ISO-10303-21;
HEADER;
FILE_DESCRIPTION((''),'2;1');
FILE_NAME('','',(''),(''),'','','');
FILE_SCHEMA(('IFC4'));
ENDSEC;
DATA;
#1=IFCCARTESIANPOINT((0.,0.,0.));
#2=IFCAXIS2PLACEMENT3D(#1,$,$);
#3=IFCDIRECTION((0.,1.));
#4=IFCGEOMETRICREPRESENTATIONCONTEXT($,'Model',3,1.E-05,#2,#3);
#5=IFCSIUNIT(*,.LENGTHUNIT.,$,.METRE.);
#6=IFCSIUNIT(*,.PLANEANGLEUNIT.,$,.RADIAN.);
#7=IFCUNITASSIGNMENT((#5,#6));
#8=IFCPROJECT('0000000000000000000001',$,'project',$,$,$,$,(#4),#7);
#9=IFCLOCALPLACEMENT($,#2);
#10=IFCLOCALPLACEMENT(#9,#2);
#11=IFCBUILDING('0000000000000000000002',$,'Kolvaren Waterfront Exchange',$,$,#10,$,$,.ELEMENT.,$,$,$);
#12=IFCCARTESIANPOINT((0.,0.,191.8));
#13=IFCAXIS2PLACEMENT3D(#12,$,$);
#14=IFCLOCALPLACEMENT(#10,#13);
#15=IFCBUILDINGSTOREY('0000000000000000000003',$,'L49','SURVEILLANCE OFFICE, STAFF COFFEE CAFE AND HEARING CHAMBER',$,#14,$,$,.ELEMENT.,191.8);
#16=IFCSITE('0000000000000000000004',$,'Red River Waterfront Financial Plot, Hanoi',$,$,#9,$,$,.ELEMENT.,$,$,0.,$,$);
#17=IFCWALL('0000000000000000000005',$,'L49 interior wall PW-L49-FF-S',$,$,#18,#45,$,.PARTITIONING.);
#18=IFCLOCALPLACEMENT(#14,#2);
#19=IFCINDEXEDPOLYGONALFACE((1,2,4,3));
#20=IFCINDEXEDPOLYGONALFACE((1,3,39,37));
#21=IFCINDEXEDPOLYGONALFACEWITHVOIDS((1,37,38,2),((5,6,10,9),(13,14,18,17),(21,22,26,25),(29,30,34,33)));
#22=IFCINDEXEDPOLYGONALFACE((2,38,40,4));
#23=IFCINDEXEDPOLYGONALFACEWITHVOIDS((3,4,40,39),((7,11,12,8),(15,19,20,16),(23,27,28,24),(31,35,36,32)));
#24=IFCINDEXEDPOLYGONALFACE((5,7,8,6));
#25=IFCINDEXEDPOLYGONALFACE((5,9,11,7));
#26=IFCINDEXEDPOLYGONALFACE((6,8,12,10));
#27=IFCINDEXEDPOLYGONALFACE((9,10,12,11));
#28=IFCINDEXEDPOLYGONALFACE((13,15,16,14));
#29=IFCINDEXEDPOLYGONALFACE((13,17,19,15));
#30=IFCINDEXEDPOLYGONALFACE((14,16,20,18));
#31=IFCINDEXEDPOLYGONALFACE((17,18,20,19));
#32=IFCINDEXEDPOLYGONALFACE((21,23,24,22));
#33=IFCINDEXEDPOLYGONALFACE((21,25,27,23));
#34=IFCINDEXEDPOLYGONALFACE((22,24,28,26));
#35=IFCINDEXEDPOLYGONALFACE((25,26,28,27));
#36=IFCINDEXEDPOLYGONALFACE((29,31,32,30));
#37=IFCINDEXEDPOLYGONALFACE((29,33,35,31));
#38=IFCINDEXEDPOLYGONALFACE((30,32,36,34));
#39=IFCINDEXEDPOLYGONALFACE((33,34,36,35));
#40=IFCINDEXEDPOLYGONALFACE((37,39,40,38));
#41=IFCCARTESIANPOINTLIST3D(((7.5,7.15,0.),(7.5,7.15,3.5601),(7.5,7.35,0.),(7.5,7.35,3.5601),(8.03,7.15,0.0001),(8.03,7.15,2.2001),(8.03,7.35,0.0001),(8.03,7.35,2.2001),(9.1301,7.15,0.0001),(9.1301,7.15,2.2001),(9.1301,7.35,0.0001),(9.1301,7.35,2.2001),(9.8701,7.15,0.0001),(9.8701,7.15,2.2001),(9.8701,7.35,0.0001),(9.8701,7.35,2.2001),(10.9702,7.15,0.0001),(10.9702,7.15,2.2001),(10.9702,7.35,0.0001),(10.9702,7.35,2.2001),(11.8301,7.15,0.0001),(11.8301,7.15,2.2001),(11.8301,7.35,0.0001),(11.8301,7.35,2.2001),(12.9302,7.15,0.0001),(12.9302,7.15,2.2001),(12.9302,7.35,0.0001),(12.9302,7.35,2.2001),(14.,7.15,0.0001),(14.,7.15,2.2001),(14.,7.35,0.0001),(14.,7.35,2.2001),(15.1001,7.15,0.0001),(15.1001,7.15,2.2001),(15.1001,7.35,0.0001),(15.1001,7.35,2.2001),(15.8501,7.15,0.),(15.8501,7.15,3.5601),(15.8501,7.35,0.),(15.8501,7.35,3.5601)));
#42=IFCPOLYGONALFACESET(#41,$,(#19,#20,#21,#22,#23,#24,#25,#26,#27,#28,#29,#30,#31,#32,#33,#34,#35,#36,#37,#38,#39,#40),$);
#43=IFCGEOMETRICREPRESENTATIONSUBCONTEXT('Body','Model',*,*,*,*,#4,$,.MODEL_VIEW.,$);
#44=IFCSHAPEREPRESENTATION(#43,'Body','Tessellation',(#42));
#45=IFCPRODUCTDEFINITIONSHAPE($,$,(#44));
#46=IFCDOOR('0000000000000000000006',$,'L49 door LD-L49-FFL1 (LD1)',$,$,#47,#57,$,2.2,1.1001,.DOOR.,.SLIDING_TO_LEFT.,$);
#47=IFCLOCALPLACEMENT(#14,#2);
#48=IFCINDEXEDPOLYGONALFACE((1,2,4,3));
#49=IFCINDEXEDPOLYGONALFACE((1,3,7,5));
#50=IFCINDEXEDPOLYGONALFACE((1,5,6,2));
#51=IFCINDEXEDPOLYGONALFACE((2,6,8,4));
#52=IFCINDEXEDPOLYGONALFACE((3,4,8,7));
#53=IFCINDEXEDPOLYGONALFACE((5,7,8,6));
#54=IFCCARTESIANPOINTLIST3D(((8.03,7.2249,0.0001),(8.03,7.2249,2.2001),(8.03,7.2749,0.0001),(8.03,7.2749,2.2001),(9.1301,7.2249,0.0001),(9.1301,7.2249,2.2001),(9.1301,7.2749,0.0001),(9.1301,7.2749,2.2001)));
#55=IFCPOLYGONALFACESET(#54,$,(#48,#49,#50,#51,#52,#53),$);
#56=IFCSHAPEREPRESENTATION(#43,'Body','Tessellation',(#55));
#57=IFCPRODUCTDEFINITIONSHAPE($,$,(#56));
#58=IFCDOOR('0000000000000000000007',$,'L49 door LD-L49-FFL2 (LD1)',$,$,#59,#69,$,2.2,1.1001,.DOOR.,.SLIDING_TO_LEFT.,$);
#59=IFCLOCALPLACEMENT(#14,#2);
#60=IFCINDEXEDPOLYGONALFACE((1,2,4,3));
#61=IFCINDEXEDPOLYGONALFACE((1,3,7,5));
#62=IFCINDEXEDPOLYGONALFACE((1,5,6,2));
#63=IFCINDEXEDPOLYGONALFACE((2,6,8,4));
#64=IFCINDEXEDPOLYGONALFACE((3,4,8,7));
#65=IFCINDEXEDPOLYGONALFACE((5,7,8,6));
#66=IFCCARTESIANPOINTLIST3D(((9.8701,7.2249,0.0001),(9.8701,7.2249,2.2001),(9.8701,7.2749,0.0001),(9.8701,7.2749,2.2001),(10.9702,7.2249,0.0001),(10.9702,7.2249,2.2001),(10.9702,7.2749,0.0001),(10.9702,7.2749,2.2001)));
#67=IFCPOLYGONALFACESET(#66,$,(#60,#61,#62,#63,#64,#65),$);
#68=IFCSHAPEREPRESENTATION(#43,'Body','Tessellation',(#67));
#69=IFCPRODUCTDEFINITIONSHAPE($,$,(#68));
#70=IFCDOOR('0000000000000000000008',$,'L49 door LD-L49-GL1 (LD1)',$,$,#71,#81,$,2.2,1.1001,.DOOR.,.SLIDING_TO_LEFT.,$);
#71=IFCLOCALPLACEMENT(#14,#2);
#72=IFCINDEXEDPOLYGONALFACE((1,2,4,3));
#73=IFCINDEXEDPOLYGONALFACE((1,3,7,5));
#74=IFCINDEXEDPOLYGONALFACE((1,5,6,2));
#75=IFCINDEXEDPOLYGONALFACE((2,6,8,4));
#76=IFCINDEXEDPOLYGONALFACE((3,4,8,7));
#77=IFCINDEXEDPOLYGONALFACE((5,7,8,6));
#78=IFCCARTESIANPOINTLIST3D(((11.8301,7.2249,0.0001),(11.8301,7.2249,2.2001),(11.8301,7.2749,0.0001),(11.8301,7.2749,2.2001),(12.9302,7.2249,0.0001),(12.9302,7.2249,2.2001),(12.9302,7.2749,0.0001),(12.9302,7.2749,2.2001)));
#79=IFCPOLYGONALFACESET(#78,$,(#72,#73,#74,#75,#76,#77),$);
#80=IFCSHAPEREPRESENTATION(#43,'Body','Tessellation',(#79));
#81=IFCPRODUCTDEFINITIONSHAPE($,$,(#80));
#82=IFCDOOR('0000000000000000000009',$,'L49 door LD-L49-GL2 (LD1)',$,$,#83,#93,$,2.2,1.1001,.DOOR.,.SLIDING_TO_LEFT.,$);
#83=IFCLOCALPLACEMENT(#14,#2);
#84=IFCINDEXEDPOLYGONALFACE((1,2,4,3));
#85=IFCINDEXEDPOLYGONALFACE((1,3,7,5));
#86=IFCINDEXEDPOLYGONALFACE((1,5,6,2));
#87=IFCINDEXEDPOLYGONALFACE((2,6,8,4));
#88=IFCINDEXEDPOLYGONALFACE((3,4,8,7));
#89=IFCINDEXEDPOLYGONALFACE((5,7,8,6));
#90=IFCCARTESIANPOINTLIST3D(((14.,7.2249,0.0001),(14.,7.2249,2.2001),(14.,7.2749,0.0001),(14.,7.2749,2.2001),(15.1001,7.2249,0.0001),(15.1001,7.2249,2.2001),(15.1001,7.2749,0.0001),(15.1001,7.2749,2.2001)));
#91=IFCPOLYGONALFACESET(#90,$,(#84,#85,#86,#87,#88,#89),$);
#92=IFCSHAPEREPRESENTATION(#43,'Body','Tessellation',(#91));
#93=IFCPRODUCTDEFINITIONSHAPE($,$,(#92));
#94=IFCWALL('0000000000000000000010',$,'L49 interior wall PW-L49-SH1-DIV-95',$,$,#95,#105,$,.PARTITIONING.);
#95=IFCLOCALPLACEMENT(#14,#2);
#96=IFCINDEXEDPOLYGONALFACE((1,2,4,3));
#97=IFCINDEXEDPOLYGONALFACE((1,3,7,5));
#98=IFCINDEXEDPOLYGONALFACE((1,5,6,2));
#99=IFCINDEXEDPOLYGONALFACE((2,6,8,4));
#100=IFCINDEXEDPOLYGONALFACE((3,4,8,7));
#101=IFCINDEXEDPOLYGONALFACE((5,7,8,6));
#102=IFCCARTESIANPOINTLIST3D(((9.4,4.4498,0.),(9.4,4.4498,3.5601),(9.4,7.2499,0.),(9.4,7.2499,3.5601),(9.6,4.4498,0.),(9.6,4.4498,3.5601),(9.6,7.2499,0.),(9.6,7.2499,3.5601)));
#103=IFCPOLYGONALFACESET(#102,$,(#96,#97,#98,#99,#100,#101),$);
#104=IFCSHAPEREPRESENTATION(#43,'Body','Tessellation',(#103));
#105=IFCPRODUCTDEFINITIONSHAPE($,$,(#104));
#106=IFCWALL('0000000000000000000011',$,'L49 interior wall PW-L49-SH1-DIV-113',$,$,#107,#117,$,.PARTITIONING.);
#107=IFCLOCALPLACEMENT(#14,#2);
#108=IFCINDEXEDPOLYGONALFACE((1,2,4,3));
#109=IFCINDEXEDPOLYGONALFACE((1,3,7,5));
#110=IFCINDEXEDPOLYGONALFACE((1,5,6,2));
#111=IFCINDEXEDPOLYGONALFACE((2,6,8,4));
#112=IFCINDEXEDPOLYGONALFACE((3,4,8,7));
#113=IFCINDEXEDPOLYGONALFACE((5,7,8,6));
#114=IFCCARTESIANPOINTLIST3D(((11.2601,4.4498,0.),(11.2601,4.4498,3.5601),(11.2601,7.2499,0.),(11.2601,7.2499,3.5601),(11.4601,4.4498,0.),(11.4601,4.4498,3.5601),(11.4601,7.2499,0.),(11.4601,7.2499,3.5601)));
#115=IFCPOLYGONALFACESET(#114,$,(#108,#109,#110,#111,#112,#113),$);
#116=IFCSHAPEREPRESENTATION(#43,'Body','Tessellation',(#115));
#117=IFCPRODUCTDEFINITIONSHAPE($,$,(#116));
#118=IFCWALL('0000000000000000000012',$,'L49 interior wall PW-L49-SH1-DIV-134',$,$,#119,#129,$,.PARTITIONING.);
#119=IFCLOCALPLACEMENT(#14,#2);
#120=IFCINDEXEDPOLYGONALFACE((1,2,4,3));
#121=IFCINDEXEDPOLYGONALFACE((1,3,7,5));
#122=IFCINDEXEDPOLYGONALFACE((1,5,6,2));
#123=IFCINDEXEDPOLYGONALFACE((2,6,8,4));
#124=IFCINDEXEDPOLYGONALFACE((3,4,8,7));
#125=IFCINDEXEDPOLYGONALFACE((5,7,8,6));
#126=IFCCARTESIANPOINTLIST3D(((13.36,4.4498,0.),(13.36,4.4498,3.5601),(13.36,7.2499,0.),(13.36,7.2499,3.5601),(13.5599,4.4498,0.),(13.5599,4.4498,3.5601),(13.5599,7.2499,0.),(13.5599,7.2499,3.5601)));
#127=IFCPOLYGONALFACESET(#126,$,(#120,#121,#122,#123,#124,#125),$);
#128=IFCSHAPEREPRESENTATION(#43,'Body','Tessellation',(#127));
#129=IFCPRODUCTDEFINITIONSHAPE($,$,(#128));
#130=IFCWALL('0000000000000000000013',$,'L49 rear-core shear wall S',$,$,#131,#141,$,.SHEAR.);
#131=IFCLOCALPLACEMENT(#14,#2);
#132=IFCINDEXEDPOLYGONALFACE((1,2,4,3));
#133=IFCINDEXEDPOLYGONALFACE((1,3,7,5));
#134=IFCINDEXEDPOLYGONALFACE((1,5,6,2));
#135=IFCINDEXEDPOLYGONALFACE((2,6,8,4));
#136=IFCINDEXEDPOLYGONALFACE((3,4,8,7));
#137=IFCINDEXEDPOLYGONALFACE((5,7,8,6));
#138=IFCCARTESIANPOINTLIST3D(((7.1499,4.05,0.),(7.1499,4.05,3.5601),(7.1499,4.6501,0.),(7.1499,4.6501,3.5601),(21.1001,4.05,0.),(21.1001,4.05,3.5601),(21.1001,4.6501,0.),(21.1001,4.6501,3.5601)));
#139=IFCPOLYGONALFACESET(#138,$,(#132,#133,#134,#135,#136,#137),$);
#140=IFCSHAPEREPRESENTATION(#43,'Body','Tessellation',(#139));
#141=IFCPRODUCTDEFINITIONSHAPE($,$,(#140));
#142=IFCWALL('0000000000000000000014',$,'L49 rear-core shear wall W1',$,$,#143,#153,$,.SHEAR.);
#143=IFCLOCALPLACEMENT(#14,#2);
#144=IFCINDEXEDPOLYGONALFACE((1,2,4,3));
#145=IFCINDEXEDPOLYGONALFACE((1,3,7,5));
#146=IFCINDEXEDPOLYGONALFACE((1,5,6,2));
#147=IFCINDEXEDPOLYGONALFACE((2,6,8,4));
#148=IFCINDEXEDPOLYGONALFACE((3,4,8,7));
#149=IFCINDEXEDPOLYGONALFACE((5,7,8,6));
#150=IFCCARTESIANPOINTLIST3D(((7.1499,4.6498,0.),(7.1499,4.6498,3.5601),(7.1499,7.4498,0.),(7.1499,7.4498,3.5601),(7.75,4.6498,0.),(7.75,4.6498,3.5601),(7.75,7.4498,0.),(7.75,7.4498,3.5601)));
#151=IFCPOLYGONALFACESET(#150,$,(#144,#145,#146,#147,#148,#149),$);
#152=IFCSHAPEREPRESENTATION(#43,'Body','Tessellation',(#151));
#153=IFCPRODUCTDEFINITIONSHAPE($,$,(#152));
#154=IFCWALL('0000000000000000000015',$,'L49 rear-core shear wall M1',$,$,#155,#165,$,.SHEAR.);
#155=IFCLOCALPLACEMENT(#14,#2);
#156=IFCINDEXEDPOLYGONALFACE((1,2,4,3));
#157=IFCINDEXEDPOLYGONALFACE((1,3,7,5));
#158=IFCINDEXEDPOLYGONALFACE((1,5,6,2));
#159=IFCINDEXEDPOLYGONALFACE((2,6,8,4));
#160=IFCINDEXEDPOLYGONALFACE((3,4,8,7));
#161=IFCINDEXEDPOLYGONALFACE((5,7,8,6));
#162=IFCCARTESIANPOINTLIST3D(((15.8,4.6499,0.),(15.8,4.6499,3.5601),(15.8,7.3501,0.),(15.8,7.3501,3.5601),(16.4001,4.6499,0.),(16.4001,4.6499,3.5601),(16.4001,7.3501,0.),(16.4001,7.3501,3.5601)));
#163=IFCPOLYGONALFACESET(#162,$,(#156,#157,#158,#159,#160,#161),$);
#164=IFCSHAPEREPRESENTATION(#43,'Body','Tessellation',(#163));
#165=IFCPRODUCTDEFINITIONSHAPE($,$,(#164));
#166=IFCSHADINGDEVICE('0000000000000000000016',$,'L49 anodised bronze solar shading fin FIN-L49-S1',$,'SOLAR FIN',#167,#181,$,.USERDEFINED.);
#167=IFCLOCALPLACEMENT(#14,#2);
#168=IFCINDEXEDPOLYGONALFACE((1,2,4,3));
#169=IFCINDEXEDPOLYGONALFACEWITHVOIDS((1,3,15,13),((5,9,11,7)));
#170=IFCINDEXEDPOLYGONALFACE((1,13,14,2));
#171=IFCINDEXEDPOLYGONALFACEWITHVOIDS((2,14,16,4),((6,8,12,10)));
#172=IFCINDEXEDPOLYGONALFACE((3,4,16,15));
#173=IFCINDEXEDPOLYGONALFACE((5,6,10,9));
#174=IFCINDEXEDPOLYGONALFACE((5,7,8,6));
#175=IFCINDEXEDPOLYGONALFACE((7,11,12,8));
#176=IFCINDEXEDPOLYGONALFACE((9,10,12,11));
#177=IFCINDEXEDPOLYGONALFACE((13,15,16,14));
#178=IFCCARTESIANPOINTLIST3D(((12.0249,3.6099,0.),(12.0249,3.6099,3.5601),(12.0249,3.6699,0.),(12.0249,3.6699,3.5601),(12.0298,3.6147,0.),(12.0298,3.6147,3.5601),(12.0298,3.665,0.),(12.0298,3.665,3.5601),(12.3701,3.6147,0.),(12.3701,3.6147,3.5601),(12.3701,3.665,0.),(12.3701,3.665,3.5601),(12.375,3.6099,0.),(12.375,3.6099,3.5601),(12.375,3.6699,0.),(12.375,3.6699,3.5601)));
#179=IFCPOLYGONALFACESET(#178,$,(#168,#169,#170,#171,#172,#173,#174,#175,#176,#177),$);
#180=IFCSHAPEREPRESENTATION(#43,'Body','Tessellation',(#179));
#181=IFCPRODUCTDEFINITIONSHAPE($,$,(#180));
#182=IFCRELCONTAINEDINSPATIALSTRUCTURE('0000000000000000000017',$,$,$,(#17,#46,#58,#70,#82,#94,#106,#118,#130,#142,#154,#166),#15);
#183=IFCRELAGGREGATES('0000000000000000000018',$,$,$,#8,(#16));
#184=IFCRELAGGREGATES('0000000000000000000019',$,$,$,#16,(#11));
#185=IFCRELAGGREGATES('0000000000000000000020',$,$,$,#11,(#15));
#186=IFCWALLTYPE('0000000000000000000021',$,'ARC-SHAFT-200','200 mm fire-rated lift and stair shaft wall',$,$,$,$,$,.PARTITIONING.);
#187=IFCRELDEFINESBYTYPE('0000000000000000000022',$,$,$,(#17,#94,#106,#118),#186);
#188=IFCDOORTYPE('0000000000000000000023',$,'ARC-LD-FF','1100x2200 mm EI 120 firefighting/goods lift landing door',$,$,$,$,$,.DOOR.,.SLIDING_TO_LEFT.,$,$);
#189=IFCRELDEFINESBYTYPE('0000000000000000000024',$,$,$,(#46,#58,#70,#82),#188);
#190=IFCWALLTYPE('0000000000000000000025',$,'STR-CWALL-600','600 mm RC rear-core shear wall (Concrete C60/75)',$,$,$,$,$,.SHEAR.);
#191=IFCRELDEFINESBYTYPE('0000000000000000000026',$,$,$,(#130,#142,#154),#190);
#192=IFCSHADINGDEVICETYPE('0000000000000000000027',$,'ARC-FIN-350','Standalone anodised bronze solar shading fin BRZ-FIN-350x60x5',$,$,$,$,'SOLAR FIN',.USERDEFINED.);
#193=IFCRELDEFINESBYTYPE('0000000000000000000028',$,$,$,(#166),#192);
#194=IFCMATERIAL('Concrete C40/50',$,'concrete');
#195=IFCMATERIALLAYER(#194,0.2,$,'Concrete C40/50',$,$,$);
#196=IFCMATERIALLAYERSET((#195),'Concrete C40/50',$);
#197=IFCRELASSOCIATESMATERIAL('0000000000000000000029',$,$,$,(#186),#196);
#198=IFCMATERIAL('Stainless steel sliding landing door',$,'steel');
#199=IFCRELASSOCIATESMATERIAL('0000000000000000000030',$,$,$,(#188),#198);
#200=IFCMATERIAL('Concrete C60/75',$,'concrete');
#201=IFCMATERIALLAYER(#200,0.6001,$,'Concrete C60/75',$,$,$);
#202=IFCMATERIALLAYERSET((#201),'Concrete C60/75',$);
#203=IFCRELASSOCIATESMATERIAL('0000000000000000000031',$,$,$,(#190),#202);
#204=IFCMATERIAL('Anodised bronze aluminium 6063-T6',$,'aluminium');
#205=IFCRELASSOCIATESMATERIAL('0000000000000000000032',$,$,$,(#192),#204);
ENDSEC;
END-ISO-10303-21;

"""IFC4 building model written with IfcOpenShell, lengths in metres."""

from ifc_helpers import new_model, si_unit, direction, frame, frame_2d, origin, origin_2d, place, context, subcontext, project, spatial, rectangle, hollow_rectangle, extrude, material, layer, layer_set, material_profile, profile_set, type_object, element, fill, save


model = new_model("IFC4")

# Units and contexts
model_context = context("Model", 3, precision=1e-05, world=origin(), true_north=direction((0.0, 1.0)))
body_context = subcontext(model_context, "Body", "Model", "MODEL_VIEW")
ifc_project = project(units=[si_unit("LENGTHUNIT", "METRE"), si_unit("PLANEANGLEUNIT", "RADIAN")], contexts=[model_context])

# Site, building, storey
site_placement = place(None, origin())
site = spatial("IfcSite", under=ifc_project, at=site_placement, Name="Red River Waterfront Financial Plot, Hanoi", CompositionType="ELEMENT", RefElevation=0.0)
building_placement = place(site_placement, origin())
building = spatial("IfcBuilding", under=site, at=building_placement, Name="Kolvaren Waterfront Exchange", CompositionType="ELEMENT")
storey_placement = place(building_placement, frame((0.0, 0.0, 191.8)))
storey = spatial("IfcBuildingStorey", under=building, at=storey_placement, Name="L49", Description="SURVEILLANCE OFFICE, STAFF COFFEE CAFE AND HEARING CHAMBER", CompositionType="ELEMENT", Elevation=191.8)

# Shared definitions
ifc_material_1 = material(Name="Concrete C60/75", Category="concrete")

# Shared definitions
ifc_material_2 = material(Name="Anodised bronze aluminium 6063-T6", Category="aluminium")

# Shared definitions
ifc_material_3 = material(Name="Concrete C40/50", Category="concrete")
ifc_layer_1 = layer(ifc_material_3, 0.2, Name="Concrete C40/50")
ifc_layer_set_1 = layer_set([ifc_layer_1], Name="Concrete C40/50")
wall_type_1 = type_object("IfcWallType", Name="ARC-SHAFT-200", Description="200 mm fire-rated lift and stair shaft wall", PredefinedType="PARTITIONING", material=ifc_layer_set_1)

# Wall, openings, doors
wall_1_placement = place(storey_placement, frame((7.5, 7.25, 0.0), z_axis=(0.0, 0.0, 1.0), x_axis=(1.0, 0.0, 0.0)))
wall_1 = element("IfcWall", 1, at=wall_1_placement, inside=storey, type_object=wall_type_1, Name="L49 interior wall PW-L49-FF-S", PredefinedType="PARTITIONING", context=body_context, shape_type="SweptSolid", body=[
    extrude(rectangle(XDim=8.3501, YDim=0.2, at=frame_2d((4.175, 0.0))), origin(), (0.0, 0.0, 1.0), 3.5601),
])
opening_1_placement = place(wall_1_placement, frame((0.53, 0.0, 0.0)))
opening_1 = element("IfcOpeningElement", 2, at=opening_1_placement, cuts=wall_1, PredefinedType="OPENING", context=body_context, shape_type="SweptSolid", body=[
    extrude(rectangle(XDim=1.1001, YDim=2.2, at=frame_2d((0.55, 1.1001))), frame((0.0, 0.1099, 0.0), z_axis=(0.0, -1.0, 0.0), x_axis=(1.0, 0.0, 0.0)), (0.0, 0.0, 1.0), 0.22),
])
opening_2_placement = place(wall_1_placement, frame((2.3701, 0.0, 0.0)))
opening_2 = element("IfcOpeningElement", 3, at=opening_2_placement, cuts=wall_1, PredefinedType="OPENING", context=body_context, shape_type="SweptSolid", body=[
    extrude(rectangle(XDim=1.1001, YDim=2.2, at=frame_2d((0.55, 1.1001))), frame((0.0, 0.1099, 0.0), z_axis=(0.0, -1.0, 0.0), x_axis=(1.0, 0.0, 0.0)), (0.0, 0.0, 1.0), 0.22),
])
opening_3_placement = place(wall_1_placement, frame((4.3301, 0.0, 0.0)))
opening_3 = element("IfcOpeningElement", 4, at=opening_3_placement, cuts=wall_1, PredefinedType="OPENING", context=body_context, shape_type="SweptSolid", body=[
    extrude(rectangle(XDim=1.1001, YDim=2.2, at=frame_2d((0.55, 1.1001))), frame((0.0, 0.1099, 0.0), z_axis=(0.0, -1.0, 0.0), x_axis=(1.0, 0.0, 0.0)), (0.0, 0.0, 1.0), 0.22),
])
opening_4_placement = place(wall_1_placement, frame((6.5, 0.0, 0.0)))
opening_4 = element("IfcOpeningElement", 5, at=opening_4_placement, cuts=wall_1, PredefinedType="OPENING", context=body_context, shape_type="SweptSolid", body=[
    extrude(rectangle(XDim=1.1001, YDim=2.2, at=frame_2d((0.55, 1.1001))), frame((0.0, 0.1099, 0.0), z_axis=(0.0, -1.0, 0.0), x_axis=(1.0, 0.0, 0.0)), (0.0, 0.0, 1.0), 0.22),
])
ifc_material_4 = material(Name="Stainless steel sliding landing door", Category="steel")
door_type_1 = type_object("IfcDoorType", Name="ARC-LD-FF", Description="1100x2200 mm EI 120 firefighting/goods lift landing door", OperationType="SLIDING_TO_LEFT", PredefinedType="DOOR", material=ifc_material_4)
door_1_placement = place(opening_1_placement, origin())
door_1 = element("IfcDoor", 6, at=door_1_placement, inside=storey, type_object=door_type_1, Name="L49 door LD-L49-FFL1 (LD1)", OperationType="SLIDING_TO_LEFT", OverallHeight=2.2, OverallWidth=1.1001, PredefinedType="DOOR", context=body_context, shape_type="SweptSolid", body=[
    extrude(rectangle(XDim=1.1001, YDim=2.2, at=frame_2d((0.55, 1.1001))), frame((0.0, 0.0249, 0.0), z_axis=(0.0, -1.0, 0.0), x_axis=(1.0, 0.0, 0.0)), (0.0, 0.0, 1.0), 0.05),
])
fill(opening_1, door_1)
door_2_placement = place(opening_2_placement, origin())
door_2 = element("IfcDoor", 7, at=door_2_placement, inside=storey, type_object=door_type_1, Name="L49 door LD-L49-FFL2 (LD1)", OperationType="SLIDING_TO_LEFT", OverallHeight=2.2, OverallWidth=1.1001, PredefinedType="DOOR", context=body_context, shape_type="SweptSolid", body=[
    extrude(rectangle(XDim=1.1001, YDim=2.2, at=frame_2d((0.55, 1.1001))), frame((0.0, 0.0249, 0.0), z_axis=(0.0, -1.0, 0.0), x_axis=(1.0, 0.0, 0.0)), (0.0, 0.0, 1.0), 0.05),
])
fill(opening_2, door_2)
door_3_placement = place(opening_3_placement, origin())
door_3 = element("IfcDoor", 8, at=door_3_placement, inside=storey, type_object=door_type_1, Name="L49 door LD-L49-GL1 (LD1)", OperationType="SLIDING_TO_LEFT", OverallHeight=2.2, OverallWidth=1.1001, PredefinedType="DOOR", context=body_context, shape_type="SweptSolid", body=[
    extrude(rectangle(XDim=1.1001, YDim=2.2, at=frame_2d((0.55, 1.1001))), frame((0.0, 0.0249, 0.0), z_axis=(0.0, -1.0, 0.0), x_axis=(1.0, 0.0, 0.0)), (0.0, 0.0, 1.0), 0.05),
])
fill(opening_3, door_3)
door_4_placement = place(opening_4_placement, origin())
door_4 = element("IfcDoor", 9, at=door_4_placement, inside=storey, type_object=door_type_1, Name="L49 door LD-L49-GL2 (LD1)", OperationType="SLIDING_TO_LEFT", OverallHeight=2.2, OverallWidth=1.1001, PredefinedType="DOOR", context=body_context, shape_type="SweptSolid", body=[
    extrude(rectangle(XDim=1.1001, YDim=2.2, at=frame_2d((0.55, 1.1001))), frame((0.0, 0.0249, 0.0), z_axis=(0.0, -1.0, 0.0), x_axis=(1.0, 0.0, 0.0)), (0.0, 0.0, 1.0), 0.05),
])
fill(opening_4, door_4)

# Walls
for number, where, z_axis, x_axis, name in (
    (10, (9.5, 4.45, 0.0), (0.0, 0.0, 1.0), (0.0, 1.0, 0.0), "L49 interior wall PW-L49-SH1-DIV-95"),
    (11, (11.3601, 4.45, 0.0), (0.0, 0.0, 1.0), (0.0, 1.0, 0.0), "L49 interior wall PW-L49-SH1-DIV-113"),
    (12, (13.46, 4.45, 0.0), (0.0, 0.0, 1.0), (0.0, 1.0, 0.0), "L49 interior wall PW-L49-SH1-DIV-134"),
):
    element("IfcWall", number, at=place(storey_placement, frame(where, z_axis=z_axis, x_axis=x_axis)), inside=storey, type_object=wall_type_1, Name=name, PredefinedType="PARTITIONING", context=body_context, shape_type="SweptSolid", body=[
        extrude(rectangle(XDim=2.8, YDim=0.2, at=frame_2d((1.3999, 0.0))), origin(), (0.0, 0.0, 1.0), 3.5601),
    ])
ifc_layer_2 = layer(ifc_material_1, 0.6001, Name="Concrete C60/75")
ifc_layer_set_2 = layer_set([ifc_layer_2], Name="Concrete C60/75")
wall_type_2 = type_object("IfcWallType", Name="STR-CWALL-600", Description="600 mm RC rear-core shear wall (Concrete C60/75)", PredefinedType="SHEAR", material=ifc_layer_set_2)
wall_2_placement = place(storey_placement, frame((7.1499, 4.3501, 0.0), z_axis=(0.0, 0.0, 1.0), x_axis=(1.0, 0.0, 0.0)))
element("IfcWall", 13, at=wall_2_placement, inside=storey, type_object=wall_type_2, Name="L49 rear-core shear wall S", PredefinedType="SHEAR", context=body_context, shape_type="SweptSolid", body=[
    extrude(rectangle(XDim=13.9502, YDim=0.6001, at=frame_2d((6.9751, 0.0))), origin(), (0.0, 0.0, 1.0), 3.5601),
])
wall_3_placement = place(storey_placement, frame((7.45, 4.6499, 0.0), z_axis=(0.0, 0.0, 1.0), x_axis=(0.0, 1.0, 0.0)))
element("IfcWall", 14, at=wall_3_placement, inside=storey, type_object=wall_type_2, Name="L49 rear-core shear wall W1", PredefinedType="SHEAR", context=body_context, shape_type="SweptSolid", body=[
    extrude(rectangle(XDim=2.8, YDim=0.6001, at=frame_2d((1.3999, 0.0))), origin(), (0.0, 0.0, 1.0), 3.5601),
])
wall_4_placement = place(storey_placement, frame((16.1001, 4.6499, 0.0), z_axis=(0.0, 0.0, 1.0), x_axis=(0.0, 1.0, 0.0)))
element("IfcWall", 15, at=wall_4_placement, inside=storey, type_object=wall_type_2, Name="L49 rear-core shear wall M1", PredefinedType="SHEAR", context=body_context, shape_type="SweptSolid", body=[
    extrude(rectangle(XDim=2.7002, YDim=0.6001, at=frame_2d((1.3501, 0.0))), origin(), (0.0, 0.0, 1.0), 3.5601),
])

# Shading device
ifc_material_profile_1 = material_profile(ifc_material_2, hollow_rectangle(XDim=0.0601, YDim=0.3501, WallThickness=0.0049, at=origin_2d()), Name="BRZ-FIN-350x60x5")
ifc_profile_set_1 = profile_set([ifc_material_profile_1], Name="Anodised bronze aluminium 6063-T6")
shading_device_type = type_object("IfcShadingDeviceType", Name="ARC-FIN-350", Description="Standalone anodised bronze solar shading fin BRZ-FIN-350x60x5", ElementType="SOLAR FIN", PredefinedType="USERDEFINED", material=ifc_profile_set_1)
shading_device_placement = place(storey_placement, frame((12.2, 3.6399, 0.0), z_axis=(0.0, 0.0, 1.0), x_axis=(0.0, -1.0, 0.0)))
element("IfcShadingDevice", 16, at=shading_device_placement, inside=storey, type_object=shading_device_type, Name="L49 anodised bronze solar shading fin FIN-L49-S1", ObjectType="SOLAR FIN", PredefinedType="USERDEFINED", context=body_context, shape_type="SweptSolid", body=[
    extrude(hollow_rectangle(XDim=0.0601, YDim=0.3501, WallThickness=0.0049, at=origin_2d()), origin(), (0.0, 0.0, 1.0), 3.5601),
])

save(model, "model.ifc")
